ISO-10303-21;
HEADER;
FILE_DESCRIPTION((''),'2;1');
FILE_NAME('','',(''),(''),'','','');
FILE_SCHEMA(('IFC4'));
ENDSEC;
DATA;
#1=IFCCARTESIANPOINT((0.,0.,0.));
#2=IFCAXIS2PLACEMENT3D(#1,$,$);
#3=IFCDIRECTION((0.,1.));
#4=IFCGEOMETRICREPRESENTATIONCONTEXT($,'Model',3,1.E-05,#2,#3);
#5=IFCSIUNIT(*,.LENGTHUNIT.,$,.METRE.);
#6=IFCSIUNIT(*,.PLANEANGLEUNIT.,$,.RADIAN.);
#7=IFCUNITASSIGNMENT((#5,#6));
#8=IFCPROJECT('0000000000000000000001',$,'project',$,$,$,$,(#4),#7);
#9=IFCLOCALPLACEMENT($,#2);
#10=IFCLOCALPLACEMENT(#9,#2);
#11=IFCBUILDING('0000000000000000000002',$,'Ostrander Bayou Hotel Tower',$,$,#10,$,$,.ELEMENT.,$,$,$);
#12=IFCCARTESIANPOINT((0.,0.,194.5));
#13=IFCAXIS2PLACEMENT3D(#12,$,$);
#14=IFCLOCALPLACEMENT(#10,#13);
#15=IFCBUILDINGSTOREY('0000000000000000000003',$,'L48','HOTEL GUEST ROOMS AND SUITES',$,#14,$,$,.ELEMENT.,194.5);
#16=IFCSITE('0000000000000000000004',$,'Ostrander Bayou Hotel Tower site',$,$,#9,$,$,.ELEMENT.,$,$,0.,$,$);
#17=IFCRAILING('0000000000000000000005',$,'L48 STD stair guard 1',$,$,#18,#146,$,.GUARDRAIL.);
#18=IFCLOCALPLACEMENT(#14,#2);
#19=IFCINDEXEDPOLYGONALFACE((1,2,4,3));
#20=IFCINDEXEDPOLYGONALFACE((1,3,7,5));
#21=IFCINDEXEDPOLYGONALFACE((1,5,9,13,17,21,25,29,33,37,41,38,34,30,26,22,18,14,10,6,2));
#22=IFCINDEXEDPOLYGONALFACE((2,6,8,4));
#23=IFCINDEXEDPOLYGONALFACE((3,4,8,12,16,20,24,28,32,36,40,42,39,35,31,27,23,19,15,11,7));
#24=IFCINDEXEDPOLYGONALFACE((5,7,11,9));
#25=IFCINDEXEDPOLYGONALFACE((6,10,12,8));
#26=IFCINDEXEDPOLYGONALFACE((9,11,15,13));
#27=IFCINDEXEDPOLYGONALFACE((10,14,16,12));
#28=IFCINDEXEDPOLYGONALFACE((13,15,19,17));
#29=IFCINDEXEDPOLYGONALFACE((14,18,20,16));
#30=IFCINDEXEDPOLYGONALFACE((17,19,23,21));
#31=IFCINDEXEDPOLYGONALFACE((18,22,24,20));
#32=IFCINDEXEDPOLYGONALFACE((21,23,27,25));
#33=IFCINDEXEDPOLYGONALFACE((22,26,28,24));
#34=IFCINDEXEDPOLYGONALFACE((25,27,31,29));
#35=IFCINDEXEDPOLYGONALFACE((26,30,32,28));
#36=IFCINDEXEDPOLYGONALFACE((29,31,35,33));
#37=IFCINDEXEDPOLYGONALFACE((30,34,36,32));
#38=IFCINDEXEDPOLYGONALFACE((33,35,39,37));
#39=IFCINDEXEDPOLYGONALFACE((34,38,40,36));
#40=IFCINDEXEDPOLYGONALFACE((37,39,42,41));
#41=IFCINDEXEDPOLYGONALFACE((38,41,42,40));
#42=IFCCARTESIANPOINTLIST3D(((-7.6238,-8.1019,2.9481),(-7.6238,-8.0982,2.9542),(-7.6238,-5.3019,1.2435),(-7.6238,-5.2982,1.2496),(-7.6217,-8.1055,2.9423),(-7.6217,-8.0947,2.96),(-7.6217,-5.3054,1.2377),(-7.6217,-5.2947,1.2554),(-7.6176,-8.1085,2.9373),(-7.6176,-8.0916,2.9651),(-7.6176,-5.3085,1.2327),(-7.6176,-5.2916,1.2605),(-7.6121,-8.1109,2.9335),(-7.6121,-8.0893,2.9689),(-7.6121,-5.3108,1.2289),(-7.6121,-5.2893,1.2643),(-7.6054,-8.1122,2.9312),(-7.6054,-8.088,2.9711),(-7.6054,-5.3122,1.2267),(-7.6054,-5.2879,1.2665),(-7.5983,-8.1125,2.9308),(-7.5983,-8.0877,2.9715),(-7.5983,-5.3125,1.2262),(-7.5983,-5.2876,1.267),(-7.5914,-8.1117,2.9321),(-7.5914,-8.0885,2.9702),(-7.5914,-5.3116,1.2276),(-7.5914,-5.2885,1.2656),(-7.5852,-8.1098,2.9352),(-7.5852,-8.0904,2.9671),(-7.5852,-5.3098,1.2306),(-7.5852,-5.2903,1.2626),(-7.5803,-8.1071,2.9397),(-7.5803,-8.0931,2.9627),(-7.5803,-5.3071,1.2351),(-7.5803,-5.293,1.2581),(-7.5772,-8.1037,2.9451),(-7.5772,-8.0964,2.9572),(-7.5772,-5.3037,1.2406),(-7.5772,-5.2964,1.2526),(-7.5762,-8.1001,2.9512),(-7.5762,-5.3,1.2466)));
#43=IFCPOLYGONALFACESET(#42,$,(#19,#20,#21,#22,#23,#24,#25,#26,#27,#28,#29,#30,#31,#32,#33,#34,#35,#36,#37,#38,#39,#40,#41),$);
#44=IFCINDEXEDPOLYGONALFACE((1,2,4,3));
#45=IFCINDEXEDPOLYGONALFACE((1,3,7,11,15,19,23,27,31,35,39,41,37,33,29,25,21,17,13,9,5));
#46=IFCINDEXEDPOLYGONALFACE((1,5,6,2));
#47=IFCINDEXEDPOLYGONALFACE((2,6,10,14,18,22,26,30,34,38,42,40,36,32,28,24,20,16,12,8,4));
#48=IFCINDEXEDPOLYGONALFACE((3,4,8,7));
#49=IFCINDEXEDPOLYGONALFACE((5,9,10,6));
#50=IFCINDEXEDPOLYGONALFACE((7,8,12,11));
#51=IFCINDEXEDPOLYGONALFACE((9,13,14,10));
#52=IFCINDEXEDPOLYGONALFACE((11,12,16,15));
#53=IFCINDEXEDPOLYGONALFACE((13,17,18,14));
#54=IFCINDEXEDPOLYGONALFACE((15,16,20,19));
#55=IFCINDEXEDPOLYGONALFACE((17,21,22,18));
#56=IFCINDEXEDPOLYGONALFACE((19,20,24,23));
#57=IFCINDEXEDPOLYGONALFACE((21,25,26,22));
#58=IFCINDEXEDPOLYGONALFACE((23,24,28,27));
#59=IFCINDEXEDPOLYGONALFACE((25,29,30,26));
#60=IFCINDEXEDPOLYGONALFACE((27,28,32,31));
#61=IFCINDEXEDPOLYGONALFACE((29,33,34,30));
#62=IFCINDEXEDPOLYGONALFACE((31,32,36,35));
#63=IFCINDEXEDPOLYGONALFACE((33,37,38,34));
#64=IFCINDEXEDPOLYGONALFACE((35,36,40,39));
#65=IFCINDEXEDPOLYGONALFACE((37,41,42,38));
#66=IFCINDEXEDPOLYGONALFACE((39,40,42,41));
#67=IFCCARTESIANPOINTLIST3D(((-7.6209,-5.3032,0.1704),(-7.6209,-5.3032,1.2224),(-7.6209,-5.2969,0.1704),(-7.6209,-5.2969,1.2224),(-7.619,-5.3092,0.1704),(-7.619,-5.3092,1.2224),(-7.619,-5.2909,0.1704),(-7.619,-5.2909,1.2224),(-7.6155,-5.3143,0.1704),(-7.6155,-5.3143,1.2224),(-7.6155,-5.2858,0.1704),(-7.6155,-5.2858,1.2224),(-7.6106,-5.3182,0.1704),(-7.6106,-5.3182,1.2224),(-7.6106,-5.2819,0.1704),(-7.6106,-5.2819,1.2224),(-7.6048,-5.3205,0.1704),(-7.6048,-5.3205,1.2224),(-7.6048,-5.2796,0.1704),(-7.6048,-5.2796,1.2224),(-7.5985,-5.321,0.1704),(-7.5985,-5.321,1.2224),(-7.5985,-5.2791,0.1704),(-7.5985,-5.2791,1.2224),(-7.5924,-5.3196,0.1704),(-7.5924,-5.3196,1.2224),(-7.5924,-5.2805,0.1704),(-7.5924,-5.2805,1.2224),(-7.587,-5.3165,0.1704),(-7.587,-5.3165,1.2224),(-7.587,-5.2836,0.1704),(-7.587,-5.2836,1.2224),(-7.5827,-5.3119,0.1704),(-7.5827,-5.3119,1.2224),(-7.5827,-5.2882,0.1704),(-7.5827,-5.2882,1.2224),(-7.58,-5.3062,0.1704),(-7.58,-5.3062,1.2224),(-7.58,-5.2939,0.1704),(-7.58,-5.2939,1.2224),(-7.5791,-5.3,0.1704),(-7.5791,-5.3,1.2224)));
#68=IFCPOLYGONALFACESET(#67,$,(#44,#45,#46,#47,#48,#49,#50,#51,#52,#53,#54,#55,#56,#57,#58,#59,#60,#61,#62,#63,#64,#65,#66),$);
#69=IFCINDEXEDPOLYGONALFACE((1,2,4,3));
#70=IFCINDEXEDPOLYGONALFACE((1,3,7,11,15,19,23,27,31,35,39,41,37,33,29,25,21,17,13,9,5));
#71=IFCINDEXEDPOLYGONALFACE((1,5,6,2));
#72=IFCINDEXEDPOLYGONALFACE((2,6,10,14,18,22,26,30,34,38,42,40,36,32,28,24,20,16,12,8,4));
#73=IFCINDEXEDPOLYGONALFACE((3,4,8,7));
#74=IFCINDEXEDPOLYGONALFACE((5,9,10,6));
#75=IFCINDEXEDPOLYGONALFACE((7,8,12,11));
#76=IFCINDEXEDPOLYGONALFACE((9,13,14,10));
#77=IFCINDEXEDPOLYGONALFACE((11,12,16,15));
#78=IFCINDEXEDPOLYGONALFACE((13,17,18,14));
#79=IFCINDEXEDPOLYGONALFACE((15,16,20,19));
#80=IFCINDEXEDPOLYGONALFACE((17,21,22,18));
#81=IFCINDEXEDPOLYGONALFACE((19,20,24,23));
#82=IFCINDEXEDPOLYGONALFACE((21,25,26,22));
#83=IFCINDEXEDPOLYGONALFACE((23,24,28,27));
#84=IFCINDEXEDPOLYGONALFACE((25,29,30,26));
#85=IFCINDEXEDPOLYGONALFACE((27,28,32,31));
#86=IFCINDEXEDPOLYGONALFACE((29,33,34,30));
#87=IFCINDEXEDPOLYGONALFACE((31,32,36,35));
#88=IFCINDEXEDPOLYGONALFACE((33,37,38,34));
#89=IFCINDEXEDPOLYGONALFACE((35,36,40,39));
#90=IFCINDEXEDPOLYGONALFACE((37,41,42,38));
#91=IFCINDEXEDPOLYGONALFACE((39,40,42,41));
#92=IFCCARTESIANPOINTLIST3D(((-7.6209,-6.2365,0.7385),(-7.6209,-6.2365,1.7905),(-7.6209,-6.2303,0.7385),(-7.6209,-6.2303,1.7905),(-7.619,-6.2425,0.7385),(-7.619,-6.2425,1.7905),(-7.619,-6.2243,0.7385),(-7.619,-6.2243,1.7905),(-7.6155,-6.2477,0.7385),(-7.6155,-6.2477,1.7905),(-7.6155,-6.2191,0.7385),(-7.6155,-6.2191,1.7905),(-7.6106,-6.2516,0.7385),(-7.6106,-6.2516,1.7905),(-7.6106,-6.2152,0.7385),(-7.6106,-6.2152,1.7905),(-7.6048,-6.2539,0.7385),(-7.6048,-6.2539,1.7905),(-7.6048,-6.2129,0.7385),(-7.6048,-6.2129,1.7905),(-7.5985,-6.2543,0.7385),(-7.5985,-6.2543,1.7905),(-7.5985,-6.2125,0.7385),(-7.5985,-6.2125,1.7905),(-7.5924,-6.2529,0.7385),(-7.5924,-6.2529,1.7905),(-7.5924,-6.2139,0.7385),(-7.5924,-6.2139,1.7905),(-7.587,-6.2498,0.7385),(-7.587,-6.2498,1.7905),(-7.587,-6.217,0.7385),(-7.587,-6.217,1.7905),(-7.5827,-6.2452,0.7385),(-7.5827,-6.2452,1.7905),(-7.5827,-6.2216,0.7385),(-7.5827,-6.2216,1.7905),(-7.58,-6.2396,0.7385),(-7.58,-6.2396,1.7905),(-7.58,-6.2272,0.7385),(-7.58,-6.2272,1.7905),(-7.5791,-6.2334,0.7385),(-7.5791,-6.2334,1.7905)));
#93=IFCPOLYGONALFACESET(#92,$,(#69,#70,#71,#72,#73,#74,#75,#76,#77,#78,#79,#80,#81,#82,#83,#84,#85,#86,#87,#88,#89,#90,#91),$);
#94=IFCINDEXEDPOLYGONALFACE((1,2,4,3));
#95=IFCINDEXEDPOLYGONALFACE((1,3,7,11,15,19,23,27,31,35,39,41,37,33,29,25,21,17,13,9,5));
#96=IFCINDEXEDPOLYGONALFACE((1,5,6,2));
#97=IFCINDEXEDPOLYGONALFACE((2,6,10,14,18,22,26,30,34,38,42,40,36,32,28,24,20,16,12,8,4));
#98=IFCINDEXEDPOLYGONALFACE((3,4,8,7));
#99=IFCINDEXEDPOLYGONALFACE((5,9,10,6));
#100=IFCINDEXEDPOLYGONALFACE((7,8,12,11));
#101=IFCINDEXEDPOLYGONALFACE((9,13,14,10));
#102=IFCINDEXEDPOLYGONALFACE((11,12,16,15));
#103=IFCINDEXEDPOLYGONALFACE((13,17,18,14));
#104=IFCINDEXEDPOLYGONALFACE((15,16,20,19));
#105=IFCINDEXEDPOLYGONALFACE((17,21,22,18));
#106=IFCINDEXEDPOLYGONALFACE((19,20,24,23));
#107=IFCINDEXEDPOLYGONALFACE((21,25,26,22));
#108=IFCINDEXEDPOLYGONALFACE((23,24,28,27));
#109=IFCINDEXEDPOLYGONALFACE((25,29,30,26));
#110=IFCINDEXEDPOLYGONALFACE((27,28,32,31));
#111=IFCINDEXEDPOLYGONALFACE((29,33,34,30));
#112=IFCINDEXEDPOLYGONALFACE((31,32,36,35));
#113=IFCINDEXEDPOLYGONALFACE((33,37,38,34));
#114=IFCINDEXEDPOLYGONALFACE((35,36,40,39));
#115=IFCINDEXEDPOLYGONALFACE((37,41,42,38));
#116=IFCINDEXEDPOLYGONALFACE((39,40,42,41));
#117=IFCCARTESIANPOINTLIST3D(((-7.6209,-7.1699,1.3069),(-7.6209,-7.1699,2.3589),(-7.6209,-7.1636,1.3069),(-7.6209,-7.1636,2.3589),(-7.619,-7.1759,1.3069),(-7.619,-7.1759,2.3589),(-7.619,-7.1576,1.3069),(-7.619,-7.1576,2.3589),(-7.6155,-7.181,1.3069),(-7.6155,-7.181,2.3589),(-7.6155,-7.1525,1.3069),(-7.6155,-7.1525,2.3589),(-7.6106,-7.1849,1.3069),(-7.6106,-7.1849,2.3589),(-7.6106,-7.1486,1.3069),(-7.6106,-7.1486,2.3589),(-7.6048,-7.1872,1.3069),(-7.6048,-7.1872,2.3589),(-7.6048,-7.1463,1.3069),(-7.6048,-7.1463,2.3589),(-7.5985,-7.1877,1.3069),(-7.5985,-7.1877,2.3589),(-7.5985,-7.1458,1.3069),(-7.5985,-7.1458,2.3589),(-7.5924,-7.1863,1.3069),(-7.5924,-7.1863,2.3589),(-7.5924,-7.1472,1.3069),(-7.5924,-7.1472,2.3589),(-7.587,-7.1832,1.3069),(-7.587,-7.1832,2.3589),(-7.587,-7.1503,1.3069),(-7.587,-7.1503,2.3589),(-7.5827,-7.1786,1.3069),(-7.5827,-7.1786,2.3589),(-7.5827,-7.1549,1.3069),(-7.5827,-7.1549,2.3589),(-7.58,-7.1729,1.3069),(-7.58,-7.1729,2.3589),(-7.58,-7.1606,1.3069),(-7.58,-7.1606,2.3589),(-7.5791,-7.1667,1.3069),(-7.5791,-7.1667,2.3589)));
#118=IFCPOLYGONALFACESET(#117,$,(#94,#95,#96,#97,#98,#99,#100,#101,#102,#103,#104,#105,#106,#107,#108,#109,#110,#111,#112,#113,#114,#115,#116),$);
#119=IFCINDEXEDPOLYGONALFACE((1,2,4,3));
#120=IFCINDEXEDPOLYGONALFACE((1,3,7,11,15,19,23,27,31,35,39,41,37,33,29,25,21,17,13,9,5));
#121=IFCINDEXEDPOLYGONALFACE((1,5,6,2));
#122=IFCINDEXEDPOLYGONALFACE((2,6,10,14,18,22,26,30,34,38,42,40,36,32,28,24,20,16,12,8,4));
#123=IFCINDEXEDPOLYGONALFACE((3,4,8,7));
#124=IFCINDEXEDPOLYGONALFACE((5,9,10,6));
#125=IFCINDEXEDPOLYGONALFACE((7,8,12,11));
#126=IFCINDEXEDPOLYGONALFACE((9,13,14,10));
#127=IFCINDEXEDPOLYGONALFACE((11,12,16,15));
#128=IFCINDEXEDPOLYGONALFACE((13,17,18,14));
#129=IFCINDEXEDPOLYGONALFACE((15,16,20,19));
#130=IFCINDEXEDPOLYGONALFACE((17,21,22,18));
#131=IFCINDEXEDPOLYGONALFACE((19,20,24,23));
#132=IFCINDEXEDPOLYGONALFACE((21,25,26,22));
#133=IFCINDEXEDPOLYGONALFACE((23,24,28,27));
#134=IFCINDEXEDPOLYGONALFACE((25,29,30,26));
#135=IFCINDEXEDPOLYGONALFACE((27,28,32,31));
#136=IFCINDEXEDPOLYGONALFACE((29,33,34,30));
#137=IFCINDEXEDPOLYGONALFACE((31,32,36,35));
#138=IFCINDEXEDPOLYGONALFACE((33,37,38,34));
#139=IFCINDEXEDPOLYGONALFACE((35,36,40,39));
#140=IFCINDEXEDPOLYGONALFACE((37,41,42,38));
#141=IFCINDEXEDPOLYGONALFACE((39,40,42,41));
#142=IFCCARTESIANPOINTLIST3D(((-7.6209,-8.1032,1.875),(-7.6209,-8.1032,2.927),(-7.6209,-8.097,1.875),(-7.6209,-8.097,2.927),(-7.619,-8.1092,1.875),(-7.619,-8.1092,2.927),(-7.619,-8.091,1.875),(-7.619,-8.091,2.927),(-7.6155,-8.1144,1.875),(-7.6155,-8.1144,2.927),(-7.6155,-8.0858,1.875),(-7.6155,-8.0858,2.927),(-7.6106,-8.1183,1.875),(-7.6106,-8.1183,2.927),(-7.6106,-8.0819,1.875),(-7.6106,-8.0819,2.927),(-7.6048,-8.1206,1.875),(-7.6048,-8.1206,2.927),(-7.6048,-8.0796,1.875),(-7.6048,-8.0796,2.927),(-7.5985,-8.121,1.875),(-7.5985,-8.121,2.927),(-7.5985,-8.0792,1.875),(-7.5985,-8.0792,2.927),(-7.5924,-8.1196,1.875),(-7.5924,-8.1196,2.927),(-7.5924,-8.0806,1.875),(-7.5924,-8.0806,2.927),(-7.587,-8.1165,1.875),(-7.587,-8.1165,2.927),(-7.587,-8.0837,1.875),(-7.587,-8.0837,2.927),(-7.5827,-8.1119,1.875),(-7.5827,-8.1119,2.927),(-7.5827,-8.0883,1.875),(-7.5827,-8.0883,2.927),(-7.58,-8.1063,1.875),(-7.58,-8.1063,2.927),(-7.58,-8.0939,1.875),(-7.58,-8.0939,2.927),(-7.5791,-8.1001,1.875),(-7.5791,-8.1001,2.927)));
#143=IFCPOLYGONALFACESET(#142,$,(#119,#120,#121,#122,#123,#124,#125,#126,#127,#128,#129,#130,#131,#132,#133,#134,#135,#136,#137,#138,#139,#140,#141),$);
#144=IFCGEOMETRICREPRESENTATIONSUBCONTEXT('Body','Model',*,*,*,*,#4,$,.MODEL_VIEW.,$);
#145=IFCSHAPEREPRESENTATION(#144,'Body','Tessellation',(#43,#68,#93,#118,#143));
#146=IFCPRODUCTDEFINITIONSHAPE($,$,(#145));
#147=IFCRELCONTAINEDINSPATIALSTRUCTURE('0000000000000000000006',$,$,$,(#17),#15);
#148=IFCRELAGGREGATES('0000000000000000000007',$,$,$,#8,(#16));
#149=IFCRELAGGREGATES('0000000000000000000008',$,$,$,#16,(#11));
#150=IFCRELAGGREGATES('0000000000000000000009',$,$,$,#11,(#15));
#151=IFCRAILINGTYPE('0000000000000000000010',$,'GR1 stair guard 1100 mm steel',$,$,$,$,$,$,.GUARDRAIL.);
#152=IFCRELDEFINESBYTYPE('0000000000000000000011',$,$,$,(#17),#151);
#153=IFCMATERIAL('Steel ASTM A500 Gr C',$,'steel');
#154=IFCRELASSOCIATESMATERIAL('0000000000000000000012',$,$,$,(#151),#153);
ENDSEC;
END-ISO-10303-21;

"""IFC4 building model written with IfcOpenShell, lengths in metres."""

from ifc_helpers import new_model, si_unit, direction, frame, origin, origin_2d, place, context, subcontext, project, spatial, circle, extrude, material, type_object, element, save


model = new_model("IFC4")

# Units and contexts
model_context = context("Model", 3, precision=1e-05, world=origin(), true_north=direction((0.0, 1.0)))
body_context = subcontext(model_context, "Body", "Model", "MODEL_VIEW")
ifc_project = project(units=[si_unit("LENGTHUNIT", "METRE"), si_unit("PLANEANGLEUNIT", "RADIAN")], contexts=[model_context])

# Site, building, storey
site_placement = place(None, origin())
site = spatial("IfcSite", under=ifc_project, at=site_placement, Name="Ostrander Bayou Hotel Tower site", CompositionType="ELEMENT", RefElevation=0.0)
building_placement = place(site_placement, origin())
building = spatial("IfcBuilding", under=site, at=building_placement, Name="Ostrander Bayou Hotel Tower", CompositionType="ELEMENT")
storey_placement = place(building_placement, frame((0.0, 0.0, 194.5)))
storey = spatial("IfcBuildingStorey", under=building, at=storey_placement, Name="L48", Description="HOTEL GUEST ROOMS AND SUITES", CompositionType="ELEMENT", Elevation=194.5)

# Railing
ifc_material_1 = material(Name="Steel ASTM A500 Gr C", Category="steel")
railing_type_1 = type_object("IfcRailingType", Name="GR1 stair guard 1100 mm steel", PredefinedType="GUARDRAIL", material=ifc_material_1)
railing_1_placement = place(storey_placement, frame((-7.6001, -5.3, 0.1704)))
element("IfcRailing", 1, at=railing_1_placement, inside=storey, type_object=railing_type_1, Name="L48 STD stair guard 1", PredefinedType="GUARDRAIL", context=body_context, shape_type="SweptSolid", body=[
    extrude(circle(Radius=0.0239, at=origin_2d()), frame((0.0, 0.0, 1.0762), z_axis=(0.0, -0.85417, 0.519994), x_axis=(1.0, 0.0, 0.0)), (0.0, 0.0, 1.0), 3.2781),
    extrude(circle(Radius=0.021, at=origin_2d()), origin(), (0.0, 0.0, 1.0), 1.052),
    extrude(circle(Radius=0.021, at=origin_2d()), frame((0.0, -0.9333, 0.5681)), (0.0, 0.0, 1.0), 1.052),
    extrude(circle(Radius=0.021, at=origin_2d()), frame((0.0, -1.8667, 1.1365)), (0.0, 0.0, 1.0), 1.052),
    extrude(circle(Radius=0.021, at=origin_2d()), frame((0.0, -2.8, 1.7046)), (0.0, 0.0, 1.0), 1.052),
])

save(model, "model.ifc")
